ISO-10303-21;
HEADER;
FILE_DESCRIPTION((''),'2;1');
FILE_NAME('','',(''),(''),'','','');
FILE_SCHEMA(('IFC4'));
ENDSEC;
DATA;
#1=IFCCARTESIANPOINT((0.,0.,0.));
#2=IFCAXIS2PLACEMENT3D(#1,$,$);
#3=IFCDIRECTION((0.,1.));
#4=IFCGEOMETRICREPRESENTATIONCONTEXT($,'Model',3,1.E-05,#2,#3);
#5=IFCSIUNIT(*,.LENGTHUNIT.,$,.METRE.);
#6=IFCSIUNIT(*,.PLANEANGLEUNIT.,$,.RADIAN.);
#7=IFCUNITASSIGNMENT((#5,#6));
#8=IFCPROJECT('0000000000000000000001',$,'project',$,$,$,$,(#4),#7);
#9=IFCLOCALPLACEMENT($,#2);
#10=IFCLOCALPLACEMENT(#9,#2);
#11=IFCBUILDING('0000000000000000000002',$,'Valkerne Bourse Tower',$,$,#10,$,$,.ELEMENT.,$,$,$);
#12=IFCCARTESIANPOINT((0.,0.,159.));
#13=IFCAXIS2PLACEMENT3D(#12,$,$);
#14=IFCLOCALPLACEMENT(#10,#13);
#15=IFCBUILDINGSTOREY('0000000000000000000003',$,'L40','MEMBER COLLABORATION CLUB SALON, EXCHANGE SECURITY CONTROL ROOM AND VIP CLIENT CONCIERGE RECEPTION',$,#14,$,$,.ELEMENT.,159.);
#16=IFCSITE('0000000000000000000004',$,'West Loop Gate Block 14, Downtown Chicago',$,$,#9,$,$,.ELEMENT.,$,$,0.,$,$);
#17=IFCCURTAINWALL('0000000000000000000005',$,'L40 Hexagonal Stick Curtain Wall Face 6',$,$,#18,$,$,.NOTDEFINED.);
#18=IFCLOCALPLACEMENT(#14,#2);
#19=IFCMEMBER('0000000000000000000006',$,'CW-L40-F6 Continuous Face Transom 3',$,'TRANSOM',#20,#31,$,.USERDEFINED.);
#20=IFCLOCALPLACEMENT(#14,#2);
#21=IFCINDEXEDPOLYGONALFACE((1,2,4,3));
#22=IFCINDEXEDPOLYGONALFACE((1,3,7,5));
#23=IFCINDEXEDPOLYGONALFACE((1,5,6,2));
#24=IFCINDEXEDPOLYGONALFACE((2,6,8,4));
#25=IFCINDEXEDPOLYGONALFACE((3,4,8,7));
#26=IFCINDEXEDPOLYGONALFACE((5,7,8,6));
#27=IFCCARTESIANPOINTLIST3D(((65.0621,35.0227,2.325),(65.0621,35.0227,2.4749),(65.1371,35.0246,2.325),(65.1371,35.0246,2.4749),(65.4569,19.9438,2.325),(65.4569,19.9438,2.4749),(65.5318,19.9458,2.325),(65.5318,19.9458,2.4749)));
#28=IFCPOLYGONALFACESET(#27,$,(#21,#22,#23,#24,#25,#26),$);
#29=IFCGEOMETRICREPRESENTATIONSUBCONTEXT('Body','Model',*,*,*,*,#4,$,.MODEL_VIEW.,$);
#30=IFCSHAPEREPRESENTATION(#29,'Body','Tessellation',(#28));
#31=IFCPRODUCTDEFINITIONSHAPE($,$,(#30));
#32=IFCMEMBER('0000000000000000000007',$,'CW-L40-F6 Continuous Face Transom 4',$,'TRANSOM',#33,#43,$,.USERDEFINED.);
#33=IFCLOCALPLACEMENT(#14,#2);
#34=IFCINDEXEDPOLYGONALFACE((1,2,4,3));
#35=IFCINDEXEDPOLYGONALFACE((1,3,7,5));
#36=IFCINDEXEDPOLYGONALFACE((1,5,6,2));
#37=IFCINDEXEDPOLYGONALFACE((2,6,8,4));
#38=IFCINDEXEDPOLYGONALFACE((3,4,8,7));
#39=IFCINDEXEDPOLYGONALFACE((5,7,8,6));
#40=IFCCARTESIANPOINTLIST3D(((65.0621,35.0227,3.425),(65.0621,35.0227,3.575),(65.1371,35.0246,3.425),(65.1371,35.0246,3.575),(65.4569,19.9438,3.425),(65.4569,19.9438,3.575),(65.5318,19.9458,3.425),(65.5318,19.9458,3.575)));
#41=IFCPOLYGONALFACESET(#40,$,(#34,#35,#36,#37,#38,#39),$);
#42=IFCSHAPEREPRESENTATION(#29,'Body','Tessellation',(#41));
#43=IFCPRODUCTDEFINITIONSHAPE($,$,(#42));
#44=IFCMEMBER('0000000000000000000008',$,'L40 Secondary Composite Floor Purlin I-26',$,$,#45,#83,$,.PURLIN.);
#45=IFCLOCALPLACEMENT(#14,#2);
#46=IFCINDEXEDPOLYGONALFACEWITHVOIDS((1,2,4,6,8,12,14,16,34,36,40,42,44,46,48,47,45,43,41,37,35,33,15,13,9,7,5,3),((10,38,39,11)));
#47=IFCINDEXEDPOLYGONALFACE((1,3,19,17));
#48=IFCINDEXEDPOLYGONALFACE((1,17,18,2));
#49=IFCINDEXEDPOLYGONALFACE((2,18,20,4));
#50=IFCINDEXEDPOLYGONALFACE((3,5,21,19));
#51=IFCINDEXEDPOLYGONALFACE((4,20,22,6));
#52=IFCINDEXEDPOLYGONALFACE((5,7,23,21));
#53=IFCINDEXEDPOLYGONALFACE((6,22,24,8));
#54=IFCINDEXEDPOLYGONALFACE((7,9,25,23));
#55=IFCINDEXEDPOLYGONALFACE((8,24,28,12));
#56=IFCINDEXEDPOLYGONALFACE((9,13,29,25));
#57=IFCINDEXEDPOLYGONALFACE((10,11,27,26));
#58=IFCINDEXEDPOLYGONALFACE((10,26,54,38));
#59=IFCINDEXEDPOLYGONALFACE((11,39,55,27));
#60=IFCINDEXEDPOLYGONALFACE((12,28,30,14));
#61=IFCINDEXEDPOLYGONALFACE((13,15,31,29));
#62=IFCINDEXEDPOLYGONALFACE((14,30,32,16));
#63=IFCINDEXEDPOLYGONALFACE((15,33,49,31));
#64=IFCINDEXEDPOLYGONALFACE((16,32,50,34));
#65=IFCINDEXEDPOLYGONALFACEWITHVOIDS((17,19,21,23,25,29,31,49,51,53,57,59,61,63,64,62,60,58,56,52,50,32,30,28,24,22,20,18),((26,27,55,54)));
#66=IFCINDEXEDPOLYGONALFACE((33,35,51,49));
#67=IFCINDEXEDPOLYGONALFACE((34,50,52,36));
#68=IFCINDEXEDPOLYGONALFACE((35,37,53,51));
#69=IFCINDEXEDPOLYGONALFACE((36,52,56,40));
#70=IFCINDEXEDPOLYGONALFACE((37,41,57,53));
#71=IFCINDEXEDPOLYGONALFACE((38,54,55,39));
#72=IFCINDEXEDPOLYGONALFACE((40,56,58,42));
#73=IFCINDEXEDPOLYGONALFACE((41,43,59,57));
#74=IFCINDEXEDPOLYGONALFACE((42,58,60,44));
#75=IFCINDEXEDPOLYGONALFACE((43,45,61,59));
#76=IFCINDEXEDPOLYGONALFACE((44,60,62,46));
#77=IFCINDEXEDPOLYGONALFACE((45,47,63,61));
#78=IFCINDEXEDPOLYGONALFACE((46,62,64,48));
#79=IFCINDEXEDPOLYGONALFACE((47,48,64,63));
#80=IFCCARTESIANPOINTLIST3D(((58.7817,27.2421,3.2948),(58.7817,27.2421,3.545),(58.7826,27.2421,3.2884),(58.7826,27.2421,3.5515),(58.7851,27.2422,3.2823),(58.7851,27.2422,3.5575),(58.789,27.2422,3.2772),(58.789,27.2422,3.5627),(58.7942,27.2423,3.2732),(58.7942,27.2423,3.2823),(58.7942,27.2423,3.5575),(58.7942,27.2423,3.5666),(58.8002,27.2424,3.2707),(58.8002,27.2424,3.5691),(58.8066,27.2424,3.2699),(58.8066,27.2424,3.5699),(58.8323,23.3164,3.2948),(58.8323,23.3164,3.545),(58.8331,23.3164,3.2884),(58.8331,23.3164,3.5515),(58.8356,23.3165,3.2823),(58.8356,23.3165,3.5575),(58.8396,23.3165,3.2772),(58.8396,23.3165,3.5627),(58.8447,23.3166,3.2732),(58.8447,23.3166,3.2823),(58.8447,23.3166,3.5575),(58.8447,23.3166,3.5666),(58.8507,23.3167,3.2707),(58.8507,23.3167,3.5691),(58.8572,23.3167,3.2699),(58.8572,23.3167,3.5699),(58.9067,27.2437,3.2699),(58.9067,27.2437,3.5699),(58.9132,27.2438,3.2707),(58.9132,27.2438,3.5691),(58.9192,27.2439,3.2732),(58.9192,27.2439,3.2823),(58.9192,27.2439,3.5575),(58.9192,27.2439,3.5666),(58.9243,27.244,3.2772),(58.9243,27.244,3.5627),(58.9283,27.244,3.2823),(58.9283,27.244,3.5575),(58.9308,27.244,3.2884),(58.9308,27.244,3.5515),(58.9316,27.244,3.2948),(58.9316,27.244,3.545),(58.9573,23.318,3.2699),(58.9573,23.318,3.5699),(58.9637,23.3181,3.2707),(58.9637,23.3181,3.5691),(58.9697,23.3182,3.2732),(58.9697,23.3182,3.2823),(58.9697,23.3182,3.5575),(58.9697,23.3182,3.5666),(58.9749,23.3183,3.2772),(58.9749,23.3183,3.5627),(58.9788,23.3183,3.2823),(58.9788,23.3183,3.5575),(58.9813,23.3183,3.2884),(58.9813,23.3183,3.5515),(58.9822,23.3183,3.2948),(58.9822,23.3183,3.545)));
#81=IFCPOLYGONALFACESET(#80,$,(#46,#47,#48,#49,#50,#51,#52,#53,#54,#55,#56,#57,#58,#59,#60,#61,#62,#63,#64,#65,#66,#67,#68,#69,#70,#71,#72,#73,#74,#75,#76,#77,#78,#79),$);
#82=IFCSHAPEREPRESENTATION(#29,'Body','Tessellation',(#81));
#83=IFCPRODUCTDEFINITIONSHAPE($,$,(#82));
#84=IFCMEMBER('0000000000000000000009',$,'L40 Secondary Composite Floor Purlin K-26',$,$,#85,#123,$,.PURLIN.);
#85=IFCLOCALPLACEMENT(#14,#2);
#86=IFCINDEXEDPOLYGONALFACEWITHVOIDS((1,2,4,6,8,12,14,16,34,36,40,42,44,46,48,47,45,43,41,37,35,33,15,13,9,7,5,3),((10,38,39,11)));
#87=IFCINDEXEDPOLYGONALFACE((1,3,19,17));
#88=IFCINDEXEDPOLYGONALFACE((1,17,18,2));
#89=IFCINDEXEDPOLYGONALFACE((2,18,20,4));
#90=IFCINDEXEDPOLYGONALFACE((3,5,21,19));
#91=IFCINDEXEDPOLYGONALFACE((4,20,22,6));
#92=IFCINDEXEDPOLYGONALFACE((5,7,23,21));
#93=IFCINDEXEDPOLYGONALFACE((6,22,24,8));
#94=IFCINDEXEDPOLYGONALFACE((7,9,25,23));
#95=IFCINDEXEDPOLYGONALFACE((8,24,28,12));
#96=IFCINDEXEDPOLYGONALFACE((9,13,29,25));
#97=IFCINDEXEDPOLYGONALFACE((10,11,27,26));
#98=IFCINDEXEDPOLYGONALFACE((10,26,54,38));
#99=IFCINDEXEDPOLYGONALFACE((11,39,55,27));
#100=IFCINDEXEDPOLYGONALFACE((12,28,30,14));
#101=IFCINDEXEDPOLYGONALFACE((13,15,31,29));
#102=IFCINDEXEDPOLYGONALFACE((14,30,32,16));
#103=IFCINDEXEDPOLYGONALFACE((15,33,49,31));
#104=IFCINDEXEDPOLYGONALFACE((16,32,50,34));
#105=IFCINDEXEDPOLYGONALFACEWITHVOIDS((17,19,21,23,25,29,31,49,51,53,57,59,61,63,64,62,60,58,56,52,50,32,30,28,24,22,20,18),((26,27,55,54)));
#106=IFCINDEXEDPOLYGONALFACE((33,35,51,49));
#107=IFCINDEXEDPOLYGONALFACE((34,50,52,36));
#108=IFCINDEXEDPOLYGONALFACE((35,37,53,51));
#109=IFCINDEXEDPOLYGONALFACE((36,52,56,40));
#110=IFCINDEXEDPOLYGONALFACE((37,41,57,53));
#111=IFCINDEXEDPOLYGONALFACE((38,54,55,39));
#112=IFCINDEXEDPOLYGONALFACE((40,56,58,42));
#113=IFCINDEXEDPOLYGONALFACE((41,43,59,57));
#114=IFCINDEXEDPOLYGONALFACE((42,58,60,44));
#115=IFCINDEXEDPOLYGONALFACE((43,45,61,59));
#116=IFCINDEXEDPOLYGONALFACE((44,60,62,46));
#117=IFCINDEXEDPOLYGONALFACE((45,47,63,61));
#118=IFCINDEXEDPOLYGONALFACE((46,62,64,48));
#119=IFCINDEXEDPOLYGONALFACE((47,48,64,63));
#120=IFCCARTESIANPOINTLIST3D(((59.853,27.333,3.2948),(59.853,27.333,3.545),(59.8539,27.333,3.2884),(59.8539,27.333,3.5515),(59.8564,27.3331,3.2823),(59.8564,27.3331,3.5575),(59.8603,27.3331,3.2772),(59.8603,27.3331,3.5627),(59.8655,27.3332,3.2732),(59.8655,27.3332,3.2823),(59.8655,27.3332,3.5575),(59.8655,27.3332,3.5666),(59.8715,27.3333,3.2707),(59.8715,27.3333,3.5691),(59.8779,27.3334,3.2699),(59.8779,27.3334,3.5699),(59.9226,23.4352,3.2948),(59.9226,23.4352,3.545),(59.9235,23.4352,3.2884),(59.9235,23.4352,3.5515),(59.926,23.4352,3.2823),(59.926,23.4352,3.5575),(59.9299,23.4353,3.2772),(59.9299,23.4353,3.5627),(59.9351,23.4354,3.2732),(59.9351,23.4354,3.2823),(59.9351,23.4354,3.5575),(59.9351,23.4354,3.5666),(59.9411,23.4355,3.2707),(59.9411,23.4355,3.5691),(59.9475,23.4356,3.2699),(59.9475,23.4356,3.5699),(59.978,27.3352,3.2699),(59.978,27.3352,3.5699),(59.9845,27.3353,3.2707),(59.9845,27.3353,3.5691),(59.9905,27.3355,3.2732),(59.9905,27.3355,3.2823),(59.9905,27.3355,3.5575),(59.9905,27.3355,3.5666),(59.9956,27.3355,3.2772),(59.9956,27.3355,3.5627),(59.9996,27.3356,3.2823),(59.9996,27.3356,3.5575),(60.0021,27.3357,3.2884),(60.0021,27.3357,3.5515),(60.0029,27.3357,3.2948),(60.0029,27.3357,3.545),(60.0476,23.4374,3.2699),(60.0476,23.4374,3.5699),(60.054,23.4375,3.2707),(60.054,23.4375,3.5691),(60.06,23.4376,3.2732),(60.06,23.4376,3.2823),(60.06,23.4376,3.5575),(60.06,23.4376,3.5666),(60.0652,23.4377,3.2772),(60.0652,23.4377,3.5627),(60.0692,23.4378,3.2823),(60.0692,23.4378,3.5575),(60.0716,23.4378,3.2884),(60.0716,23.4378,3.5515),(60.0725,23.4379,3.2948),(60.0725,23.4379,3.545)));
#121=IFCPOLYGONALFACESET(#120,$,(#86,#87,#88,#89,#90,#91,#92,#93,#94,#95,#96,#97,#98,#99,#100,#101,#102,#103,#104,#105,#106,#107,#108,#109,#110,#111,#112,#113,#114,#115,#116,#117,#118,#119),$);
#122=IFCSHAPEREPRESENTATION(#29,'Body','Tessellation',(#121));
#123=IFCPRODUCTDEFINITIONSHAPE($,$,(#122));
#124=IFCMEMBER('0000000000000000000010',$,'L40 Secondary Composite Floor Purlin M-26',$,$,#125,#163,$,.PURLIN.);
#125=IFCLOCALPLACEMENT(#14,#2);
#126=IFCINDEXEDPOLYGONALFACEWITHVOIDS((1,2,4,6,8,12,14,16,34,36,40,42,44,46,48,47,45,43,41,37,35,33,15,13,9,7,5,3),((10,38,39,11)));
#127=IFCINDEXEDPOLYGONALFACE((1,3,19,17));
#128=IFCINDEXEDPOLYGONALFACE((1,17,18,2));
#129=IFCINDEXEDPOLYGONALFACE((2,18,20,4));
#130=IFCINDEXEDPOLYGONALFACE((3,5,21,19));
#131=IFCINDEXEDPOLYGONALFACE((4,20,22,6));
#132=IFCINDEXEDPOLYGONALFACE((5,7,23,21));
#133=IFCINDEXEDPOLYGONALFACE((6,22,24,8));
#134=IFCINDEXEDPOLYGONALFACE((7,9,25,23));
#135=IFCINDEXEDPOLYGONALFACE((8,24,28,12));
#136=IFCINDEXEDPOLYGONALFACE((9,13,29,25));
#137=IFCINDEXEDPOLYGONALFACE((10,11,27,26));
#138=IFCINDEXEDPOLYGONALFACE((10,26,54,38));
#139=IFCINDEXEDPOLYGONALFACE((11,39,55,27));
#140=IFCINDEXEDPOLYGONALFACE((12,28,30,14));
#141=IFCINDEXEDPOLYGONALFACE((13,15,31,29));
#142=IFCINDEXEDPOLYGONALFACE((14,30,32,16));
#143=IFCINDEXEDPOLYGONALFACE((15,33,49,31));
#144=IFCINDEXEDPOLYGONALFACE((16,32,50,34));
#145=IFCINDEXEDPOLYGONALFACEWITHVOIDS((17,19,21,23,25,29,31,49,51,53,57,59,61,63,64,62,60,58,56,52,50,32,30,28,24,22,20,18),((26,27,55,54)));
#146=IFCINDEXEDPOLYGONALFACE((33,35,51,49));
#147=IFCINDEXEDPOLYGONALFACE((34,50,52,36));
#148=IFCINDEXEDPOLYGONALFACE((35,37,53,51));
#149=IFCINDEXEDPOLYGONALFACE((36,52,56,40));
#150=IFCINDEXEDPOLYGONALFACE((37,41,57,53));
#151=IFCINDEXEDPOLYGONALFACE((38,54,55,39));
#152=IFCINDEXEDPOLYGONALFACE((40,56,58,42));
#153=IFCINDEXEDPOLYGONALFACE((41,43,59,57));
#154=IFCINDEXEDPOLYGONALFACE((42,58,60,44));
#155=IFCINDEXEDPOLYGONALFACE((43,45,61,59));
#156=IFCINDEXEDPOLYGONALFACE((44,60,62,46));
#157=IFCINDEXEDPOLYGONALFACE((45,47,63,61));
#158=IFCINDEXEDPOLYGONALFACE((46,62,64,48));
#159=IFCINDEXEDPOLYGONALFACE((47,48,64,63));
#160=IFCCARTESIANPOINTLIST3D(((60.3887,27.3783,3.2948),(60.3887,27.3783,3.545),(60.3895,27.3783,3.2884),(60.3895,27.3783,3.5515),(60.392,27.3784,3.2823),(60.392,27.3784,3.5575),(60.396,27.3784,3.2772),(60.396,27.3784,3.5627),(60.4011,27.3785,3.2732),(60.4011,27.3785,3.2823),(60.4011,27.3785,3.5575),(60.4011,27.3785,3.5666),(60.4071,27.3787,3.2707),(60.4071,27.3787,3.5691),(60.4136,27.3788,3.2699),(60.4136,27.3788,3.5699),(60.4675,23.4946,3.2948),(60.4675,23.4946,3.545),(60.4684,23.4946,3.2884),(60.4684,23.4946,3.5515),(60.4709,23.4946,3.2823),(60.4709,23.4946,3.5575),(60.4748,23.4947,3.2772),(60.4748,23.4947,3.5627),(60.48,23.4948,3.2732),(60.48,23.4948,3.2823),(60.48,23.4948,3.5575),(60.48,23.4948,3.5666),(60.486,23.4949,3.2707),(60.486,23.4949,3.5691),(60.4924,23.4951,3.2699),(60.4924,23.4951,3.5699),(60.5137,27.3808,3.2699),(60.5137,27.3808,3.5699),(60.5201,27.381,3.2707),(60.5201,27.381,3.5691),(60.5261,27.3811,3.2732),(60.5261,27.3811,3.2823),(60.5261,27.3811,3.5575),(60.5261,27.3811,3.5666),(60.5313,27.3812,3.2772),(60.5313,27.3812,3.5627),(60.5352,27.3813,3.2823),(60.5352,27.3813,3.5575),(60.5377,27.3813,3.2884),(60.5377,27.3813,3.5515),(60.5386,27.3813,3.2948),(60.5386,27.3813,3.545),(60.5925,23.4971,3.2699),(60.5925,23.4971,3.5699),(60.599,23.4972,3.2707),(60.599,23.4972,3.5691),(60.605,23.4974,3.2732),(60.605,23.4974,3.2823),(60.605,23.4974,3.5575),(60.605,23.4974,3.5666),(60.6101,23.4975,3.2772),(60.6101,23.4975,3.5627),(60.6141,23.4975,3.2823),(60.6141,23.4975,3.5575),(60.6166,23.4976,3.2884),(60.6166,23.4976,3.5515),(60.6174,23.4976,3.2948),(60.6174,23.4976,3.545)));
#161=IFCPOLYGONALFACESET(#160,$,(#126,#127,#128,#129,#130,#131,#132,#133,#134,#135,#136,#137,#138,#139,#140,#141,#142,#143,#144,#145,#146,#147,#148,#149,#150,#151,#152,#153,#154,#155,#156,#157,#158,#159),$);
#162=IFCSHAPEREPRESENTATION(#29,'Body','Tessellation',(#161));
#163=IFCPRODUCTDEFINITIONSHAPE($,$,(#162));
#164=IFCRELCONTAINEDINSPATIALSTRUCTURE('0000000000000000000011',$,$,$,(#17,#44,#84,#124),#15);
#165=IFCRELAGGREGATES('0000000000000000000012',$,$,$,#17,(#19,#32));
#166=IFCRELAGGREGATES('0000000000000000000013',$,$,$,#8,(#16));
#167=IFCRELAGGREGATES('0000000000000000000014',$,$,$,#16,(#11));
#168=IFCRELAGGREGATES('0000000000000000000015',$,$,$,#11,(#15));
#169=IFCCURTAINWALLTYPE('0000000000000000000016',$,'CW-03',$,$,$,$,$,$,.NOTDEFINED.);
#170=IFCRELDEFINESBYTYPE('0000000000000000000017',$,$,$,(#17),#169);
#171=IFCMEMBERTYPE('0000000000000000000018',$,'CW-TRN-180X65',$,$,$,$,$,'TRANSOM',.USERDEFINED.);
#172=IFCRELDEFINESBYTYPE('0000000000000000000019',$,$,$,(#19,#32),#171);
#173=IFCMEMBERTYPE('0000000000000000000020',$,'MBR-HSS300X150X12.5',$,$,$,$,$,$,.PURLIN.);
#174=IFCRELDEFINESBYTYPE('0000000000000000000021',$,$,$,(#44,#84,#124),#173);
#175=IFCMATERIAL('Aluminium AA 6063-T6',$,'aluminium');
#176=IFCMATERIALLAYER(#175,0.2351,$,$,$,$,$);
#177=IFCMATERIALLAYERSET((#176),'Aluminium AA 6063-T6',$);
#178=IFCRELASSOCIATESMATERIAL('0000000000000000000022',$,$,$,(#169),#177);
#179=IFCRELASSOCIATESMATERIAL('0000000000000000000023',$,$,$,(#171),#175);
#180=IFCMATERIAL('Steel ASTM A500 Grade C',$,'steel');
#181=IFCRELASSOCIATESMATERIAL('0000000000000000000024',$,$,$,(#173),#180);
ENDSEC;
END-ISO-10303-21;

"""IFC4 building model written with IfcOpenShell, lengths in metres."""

from ifc_helpers import new_model, si_unit, direction, frame, origin, origin_2d, place, context, subcontext, project, spatial, rectangle, hollow_rectangle, extrude, material, layer, layer_set, material_profile, profile_set, type_object, element, aggregate, save


model = new_model("IFC4")

# Units and contexts
model_context = context("Model", 3, precision=1e-05, world=origin(), true_north=direction((0.0, 1.0)))
body_context = subcontext(model_context, "Body", "Model", "MODEL_VIEW")
ifc_project = project(units=[si_unit("LENGTHUNIT", "METRE"), si_unit("PLANEANGLEUNIT", "RADIAN")], contexts=[model_context])

# Site, building, storey
site_placement = place(None, origin())
site = spatial("IfcSite", under=ifc_project, at=site_placement, Name="West Loop Gate Block 14, Downtown Chicago", CompositionType="ELEMENT", RefElevation=0.0)
building_placement = place(site_placement, origin())
building = spatial("IfcBuilding", under=site, at=building_placement, Name="Valkerne Bourse Tower", CompositionType="ELEMENT")
storey_placement = place(building_placement, frame((0.0, 0.0, 159.0)))
storey = spatial("IfcBuildingStorey", under=building, at=storey_placement, Name="L40", Description="MEMBER COLLABORATION CLUB SALON, EXCHANGE SECURITY CONTROL ROOM AND VIP CLIENT CONCIERGE RECEPTION", CompositionType="ELEMENT", Elevation=159.0)

# Curtain wall, members
ifc_material_1 = material(Name="Aluminium AA 6063-T6", Category="aluminium")
ifc_layer_1 = layer(ifc_material_1, 0.2351)
ifc_layer_set_1 = layer_set([ifc_layer_1], Name="Aluminium AA 6063-T6")
curtain_wall_type = type_object("IfcCurtainWallType", Name="CW-03", PredefinedType="NOTDEFINED", material=ifc_layer_set_1)
curtain_wall_placement = place(storey_placement, origin())
curtain_wall = element("IfcCurtainWall", 1, at=curtain_wall_placement, inside=storey, type_object=curtain_wall_type, Name="L40 Hexagonal Stick Curtain Wall Face 6", PredefinedType="NOTDEFINED")
ifc_material_profile_1 = material_profile(ifc_material_1, rectangle(XDim=0.075, YDim=0.1499, at=origin_2d()), Name="CWT-75X150")
ifc_profile_set_1 = profile_set([ifc_material_profile_1], Name="Aluminium AA 6063-T6")
member_type_1 = type_object("IfcMemberType", Name="CW-TRN-180X65", ElementType="TRANSOM", PredefinedType="USERDEFINED", material=ifc_profile_set_1)
member_1_placement = place(storey_placement, frame((65.4944, 19.9448, 2.3999), z_axis=(-0.026172, 0.999657, 0.0), x_axis=(-0.999657, -0.026172, 0.0)))
member_1 = element("IfcMember", 2, at=member_1_placement, type_object=member_type_1, Name="CW-L40-F6 Continuous Face Transom 3", ObjectType="TRANSOM", PredefinedType="USERDEFINED", context=body_context, shape_type="SweptSolid", body=[
    extrude(rectangle(XDim=0.075, YDim=0.1499, at=origin_2d()), origin(), (0.0, 0.0, 1.0), 15.084),
])
member_2_placement = place(storey_placement, frame((65.4944, 19.9448, 3.5), z_axis=(-0.026172, 0.999657, 0.0), x_axis=(-0.999657, -0.026172, 0.0)))
member_2 = element("IfcMember", 3, at=member_2_placement, type_object=member_type_1, Name="CW-L40-F6 Continuous Face Transom 4", ObjectType="TRANSOM", PredefinedType="USERDEFINED", context=body_context, shape_type="SweptSolid", body=[
    extrude(rectangle(XDim=0.075, YDim=0.1499, at=origin_2d()), origin(), (0.0, 0.0, 1.0), 15.084),
])

# Members
ifc_material_2 = material(Name="Steel ASTM A500 Grade C", Category="steel")
ifc_material_profile_2 = material_profile(ifc_material_2, hollow_rectangle(XDim=0.1499, YDim=0.3, WallThickness=0.0125, OuterFilletRadius=0.0249, at=origin_2d()), Name="HSS300X150X12.5")
ifc_profile_set_2 = profile_set([ifc_material_profile_2], Name="Steel ASTM A500 Grade C")
member_type_2 = type_object("IfcMemberType", Name="MBR-HSS300X150X12.5", PredefinedType="PURLIN", material=ifc_profile_set_2)
member_3_placement = place(storey_placement, frame((58.9072, 23.3174, 3.4199), z_axis=(-0.012872, 0.999917, 0.0), x_axis=(-0.999917, -0.012872, 0.0)))
element("IfcMember", 4, at=member_3_placement, inside=storey, type_object=member_type_2, Name="L40 Secondary Composite Floor Purlin I-26", PredefinedType="PURLIN", context=body_context, shape_type="SweptSolid", body=[
    extrude(hollow_rectangle(XDim=0.1499, YDim=0.3, WallThickness=0.0125, OuterFilletRadius=0.0249, at=origin_2d()), origin(), (0.0, 0.0, 1.0), 3.926),
])
member_4_placement = place(storey_placement, frame((59.9976, 23.4365, 3.4199), z_axis=(-0.017849, 0.999841, 0.0), x_axis=(-0.999841, -0.017849, 0.0)))
element("IfcMember", 5, at=member_4_placement, inside=storey, type_object=member_type_2, Name="L40 Secondary Composite Floor Purlin K-26", PredefinedType="PURLIN", context=body_context, shape_type="SweptSolid", body=[
    extrude(hollow_rectangle(XDim=0.1499, YDim=0.3, WallThickness=0.0125, OuterFilletRadius=0.0249, at=origin_2d()), origin(), (0.0, 0.0, 1.0), 3.8984),
])
member_5_placement = place(storey_placement, frame((60.5425, 23.4961, 3.4199), z_axis=(-0.0203, 0.999794, 0.0), x_axis=(-0.999794, -0.0203, 0.0)))
element("IfcMember", 6, at=member_5_placement, inside=storey, type_object=member_type_2, Name="L40 Secondary Composite Floor Purlin M-26", PredefinedType="PURLIN", context=body_context, shape_type="SweptSolid", body=[
    extrude(hollow_rectangle(XDim=0.1499, YDim=0.3, WallThickness=0.0125, OuterFilletRadius=0.0249, at=origin_2d()), origin(), (0.0, 0.0, 1.0), 3.8845),
])

aggregate(curtain_wall, [member_1, member_2])

save(model, "model.ifc")
